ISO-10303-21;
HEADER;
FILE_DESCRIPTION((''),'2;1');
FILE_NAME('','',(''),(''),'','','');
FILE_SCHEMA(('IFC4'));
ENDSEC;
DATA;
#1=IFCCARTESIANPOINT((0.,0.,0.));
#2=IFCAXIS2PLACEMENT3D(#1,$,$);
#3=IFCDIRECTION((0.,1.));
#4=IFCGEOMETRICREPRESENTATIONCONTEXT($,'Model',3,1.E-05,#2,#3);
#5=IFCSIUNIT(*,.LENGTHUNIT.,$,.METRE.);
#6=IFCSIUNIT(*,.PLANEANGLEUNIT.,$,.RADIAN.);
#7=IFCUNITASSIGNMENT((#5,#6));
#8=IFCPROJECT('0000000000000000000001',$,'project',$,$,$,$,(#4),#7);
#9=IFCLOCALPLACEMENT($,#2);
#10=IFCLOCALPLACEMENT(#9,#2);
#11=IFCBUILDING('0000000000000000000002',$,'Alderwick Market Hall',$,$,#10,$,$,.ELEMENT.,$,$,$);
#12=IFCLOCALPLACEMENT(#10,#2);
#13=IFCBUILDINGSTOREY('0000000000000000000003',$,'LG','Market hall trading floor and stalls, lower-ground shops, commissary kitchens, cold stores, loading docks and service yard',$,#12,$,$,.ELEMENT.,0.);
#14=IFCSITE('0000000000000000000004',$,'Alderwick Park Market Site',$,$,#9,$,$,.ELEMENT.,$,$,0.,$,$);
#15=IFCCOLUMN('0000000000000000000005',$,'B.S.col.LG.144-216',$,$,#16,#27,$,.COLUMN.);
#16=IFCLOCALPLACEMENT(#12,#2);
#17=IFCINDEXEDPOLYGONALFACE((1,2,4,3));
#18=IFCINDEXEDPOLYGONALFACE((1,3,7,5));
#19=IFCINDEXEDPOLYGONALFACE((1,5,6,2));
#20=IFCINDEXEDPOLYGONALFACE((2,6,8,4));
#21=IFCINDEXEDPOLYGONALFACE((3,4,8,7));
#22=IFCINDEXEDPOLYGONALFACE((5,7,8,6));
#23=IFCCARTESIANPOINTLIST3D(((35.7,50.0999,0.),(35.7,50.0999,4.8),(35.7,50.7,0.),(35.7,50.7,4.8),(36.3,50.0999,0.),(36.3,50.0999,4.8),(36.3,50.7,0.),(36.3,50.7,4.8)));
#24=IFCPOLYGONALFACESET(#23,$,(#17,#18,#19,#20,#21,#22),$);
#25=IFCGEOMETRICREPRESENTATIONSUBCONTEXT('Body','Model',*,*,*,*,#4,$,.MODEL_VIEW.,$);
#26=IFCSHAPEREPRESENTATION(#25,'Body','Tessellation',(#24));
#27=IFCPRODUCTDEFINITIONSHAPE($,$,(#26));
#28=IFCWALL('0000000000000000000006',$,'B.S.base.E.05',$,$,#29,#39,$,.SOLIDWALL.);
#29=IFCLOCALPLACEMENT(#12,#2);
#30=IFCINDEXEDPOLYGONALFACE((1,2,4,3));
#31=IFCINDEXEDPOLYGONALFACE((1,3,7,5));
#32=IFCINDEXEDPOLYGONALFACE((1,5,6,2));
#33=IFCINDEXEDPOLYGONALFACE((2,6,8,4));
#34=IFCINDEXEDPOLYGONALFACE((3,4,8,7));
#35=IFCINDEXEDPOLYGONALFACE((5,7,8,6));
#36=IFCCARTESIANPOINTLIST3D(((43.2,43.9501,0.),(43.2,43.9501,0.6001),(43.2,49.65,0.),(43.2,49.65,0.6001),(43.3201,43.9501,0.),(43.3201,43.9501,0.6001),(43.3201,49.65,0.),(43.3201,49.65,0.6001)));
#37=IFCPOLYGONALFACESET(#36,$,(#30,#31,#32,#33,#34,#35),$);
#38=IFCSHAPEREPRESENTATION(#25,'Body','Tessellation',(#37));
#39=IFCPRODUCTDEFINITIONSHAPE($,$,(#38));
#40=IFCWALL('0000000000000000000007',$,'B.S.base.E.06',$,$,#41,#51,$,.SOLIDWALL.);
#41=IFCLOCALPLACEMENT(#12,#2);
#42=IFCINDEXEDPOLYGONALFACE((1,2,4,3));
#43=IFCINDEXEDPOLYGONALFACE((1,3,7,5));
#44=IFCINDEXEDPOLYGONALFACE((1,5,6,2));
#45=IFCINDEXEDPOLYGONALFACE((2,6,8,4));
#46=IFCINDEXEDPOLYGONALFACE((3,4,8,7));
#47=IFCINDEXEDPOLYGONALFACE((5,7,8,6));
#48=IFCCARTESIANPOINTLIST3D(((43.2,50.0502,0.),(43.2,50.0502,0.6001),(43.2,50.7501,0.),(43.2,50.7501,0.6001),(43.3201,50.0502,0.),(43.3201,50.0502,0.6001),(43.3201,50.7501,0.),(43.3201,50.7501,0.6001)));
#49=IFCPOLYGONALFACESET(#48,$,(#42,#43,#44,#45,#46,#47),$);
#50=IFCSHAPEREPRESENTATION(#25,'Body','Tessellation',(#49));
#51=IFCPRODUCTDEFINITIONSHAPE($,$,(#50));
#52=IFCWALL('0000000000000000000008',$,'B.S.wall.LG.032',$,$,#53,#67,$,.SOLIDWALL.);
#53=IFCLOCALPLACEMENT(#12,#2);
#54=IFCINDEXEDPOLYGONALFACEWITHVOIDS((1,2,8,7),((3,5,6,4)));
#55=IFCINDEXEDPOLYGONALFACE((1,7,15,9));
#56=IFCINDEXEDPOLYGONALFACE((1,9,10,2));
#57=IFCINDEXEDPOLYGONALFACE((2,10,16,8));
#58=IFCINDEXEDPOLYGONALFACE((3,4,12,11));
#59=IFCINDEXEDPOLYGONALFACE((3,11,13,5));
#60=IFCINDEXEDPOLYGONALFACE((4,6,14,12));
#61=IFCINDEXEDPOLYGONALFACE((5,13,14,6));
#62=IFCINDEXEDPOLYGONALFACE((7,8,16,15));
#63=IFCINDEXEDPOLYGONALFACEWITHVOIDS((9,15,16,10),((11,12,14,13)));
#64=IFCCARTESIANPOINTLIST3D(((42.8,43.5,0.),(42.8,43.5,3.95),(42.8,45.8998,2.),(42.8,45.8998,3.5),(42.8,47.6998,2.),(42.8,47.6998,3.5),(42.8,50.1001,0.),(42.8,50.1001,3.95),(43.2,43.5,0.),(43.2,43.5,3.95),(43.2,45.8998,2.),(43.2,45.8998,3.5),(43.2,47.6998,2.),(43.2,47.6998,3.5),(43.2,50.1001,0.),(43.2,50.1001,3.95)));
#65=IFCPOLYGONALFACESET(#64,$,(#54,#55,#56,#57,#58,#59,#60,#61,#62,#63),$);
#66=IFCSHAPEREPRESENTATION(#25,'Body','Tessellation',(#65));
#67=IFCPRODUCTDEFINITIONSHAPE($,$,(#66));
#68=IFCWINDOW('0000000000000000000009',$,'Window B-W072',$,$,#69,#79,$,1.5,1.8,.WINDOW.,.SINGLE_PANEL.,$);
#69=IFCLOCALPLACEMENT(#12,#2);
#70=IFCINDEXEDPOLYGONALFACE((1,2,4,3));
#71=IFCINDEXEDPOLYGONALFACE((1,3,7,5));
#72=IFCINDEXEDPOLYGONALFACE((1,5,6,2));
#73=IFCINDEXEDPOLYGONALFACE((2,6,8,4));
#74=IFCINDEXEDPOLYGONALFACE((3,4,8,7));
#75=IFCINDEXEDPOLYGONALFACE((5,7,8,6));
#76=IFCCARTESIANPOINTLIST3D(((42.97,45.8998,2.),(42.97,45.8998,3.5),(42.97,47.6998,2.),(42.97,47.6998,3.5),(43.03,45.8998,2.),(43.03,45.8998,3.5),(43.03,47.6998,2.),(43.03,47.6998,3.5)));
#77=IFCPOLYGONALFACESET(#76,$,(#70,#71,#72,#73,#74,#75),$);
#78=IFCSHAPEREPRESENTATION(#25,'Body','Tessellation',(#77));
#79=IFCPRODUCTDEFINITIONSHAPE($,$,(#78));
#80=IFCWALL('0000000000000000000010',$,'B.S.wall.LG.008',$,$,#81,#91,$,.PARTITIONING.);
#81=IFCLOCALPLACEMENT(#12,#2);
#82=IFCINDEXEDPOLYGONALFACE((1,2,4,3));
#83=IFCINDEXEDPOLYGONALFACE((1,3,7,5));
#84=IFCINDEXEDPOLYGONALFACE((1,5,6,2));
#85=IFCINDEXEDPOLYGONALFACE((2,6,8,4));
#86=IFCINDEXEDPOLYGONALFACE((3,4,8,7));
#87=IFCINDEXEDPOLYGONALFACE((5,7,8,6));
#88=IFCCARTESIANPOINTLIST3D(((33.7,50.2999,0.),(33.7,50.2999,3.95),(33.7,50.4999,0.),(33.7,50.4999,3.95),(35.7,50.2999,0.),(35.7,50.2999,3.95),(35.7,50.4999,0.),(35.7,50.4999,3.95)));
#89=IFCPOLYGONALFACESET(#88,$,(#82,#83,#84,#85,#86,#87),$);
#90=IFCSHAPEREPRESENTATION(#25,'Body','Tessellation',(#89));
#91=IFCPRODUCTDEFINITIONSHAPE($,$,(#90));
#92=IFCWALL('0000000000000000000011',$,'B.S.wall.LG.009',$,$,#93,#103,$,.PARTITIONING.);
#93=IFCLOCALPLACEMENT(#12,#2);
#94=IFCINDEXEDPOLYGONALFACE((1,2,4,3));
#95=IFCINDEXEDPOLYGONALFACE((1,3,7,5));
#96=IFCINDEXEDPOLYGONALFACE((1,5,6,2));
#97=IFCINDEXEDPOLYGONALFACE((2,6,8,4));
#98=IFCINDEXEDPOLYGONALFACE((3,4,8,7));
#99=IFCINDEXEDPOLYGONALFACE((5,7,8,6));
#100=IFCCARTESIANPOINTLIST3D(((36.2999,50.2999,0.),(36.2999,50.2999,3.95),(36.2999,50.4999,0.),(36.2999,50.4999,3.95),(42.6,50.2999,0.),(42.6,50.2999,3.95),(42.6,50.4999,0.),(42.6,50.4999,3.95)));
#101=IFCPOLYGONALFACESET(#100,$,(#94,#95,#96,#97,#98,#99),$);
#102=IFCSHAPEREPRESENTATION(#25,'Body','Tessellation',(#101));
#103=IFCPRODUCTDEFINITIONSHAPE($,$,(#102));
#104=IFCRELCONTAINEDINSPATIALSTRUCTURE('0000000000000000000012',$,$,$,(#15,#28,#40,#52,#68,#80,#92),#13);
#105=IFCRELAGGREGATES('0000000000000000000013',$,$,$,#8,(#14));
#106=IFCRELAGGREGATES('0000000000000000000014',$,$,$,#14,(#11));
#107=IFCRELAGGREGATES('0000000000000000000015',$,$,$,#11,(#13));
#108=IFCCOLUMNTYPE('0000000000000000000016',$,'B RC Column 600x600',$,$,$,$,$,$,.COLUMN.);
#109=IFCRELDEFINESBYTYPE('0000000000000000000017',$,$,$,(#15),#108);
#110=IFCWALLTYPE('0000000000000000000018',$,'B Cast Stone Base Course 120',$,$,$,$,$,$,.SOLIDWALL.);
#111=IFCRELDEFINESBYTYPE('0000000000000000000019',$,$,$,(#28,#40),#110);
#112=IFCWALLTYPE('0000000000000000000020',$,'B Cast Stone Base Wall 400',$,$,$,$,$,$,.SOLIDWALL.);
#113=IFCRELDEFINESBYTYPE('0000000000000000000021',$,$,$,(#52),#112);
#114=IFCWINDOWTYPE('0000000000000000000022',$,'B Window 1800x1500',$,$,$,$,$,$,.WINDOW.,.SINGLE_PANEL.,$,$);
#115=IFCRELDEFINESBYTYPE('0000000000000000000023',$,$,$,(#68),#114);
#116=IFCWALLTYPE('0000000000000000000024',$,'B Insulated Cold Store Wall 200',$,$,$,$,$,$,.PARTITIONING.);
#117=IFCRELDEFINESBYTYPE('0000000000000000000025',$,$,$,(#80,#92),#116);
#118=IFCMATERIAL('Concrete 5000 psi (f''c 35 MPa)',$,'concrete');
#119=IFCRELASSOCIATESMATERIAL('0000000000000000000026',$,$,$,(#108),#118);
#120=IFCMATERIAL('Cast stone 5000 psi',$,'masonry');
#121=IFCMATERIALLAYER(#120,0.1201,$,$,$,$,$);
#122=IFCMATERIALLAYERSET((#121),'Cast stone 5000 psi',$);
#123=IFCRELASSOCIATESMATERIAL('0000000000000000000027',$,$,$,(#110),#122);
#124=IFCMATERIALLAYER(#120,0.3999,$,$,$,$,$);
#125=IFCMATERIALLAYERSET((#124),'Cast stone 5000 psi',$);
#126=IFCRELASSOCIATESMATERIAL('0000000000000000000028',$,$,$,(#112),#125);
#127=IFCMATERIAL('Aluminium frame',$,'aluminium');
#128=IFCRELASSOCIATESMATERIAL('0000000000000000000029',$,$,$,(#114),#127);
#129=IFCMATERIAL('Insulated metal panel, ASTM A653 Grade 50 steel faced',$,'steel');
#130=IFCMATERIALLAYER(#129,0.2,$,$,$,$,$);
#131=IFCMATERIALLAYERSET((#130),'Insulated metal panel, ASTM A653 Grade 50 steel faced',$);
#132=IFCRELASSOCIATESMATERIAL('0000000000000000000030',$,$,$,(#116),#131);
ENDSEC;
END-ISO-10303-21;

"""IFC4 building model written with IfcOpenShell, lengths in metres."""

from ifc_helpers import new_model, si_unit, direction, frame, frame_2d, origin, origin_2d, place, context, subcontext, project, spatial, rectangle, extrude, material, layer, layer_set, material_profile, profile_set, type_object, element, fill, save


model = new_model("IFC4")

# Units and contexts
model_context = context("Model", 3, precision=1e-05, world=origin(), true_north=direction((0.0, 1.0)))
body_context = subcontext(model_context, "Body", "Model", "MODEL_VIEW")
ifc_project = project(units=[si_unit("LENGTHUNIT", "METRE"), si_unit("PLANEANGLEUNIT", "RADIAN")], contexts=[model_context])

# Site, building, storey
site_placement = place(None, origin())
site = spatial("IfcSite", under=ifc_project, at=site_placement, Name="Alderwick Park Market Site", CompositionType="ELEMENT", RefElevation=0.0)
building_placement = place(site_placement, origin())
building = spatial("IfcBuilding", under=site, at=building_placement, Name="Alderwick Market Hall", CompositionType="ELEMENT")
storey_placement = place(building_placement, origin())
storey = spatial("IfcBuildingStorey", under=building, at=storey_placement, Name="LG", Description="Market hall trading floor and stalls, lower-ground shops, commissary kitchens, cold stores, loading docks and service yard", CompositionType="ELEMENT", Elevation=0.0)

# Shared definitions
ifc_material_1 = material(Name="Concrete 5000 psi (f'c 35 MPa)", Category="concrete")

# Column
ifc_material_profile_1 = material_profile(ifc_material_1, rectangle(XDim=0.6001, YDim=0.6001, at=origin_2d()), Name="B RC Column 600x600")
ifc_profile_set_1 = profile_set([ifc_material_profile_1], Name="Concrete 5000 psi (f'c 35 MPa)")
column_type_1 = type_object("IfcColumnType", Name="B RC Column 600x600", PredefinedType="COLUMN", material=ifc_profile_set_1)
for number, where, z_axis, x_axis, name in (
    (1, (36.0, 50.3999, 0.0), (0.0, 0.0, 1.0), (1.0, 0.0, 0.0), "B.S.col.LG.144-216"),
):
    element("IfcColumn", number, at=place(storey_placement, frame(where, z_axis=z_axis, x_axis=x_axis)), inside=storey, type_object=column_type_1, Name=name, PredefinedType="COLUMN", context=body_context, shape_type="SweptSolid", body=[
        extrude(rectangle(XDim=0.6001, YDim=0.6001, at=origin_2d()), origin(), (0.0, 0.0, 1.0), 4.8),
    ])

# Walls
ifc_material_2 = material(Name="Cast stone 5000 psi", Category="masonry")
ifc_layer_1 = layer(ifc_material_2, 0.1201)
ifc_layer_set_1 = layer_set([ifc_layer_1], Name="Cast stone 5000 psi")
wall_type_1 = type_object("IfcWallType", Name="B Cast Stone Base Course 120", PredefinedType="SOLIDWALL", material=ifc_layer_set_1)
wall_1_placement = place(storey_placement, frame((43.26, 43.95, 0.0), z_axis=(0.0, 0.0, 1.0), x_axis=(0.0, 1.0, 0.0)))
element("IfcWall", 2, at=wall_1_placement, inside=storey, type_object=wall_type_1, Name="B.S.base.E.05", PredefinedType="SOLIDWALL", context=body_context, shape_type="SweptSolid", body=[
    extrude(rectangle(XDim=5.7, YDim=0.1201, at=frame_2d((2.8501, 0.0))), origin(), (0.0, 0.0, 1.0), 0.6001),
])
wall_2_placement = place(storey_placement, frame((43.26, 50.05, 0.0), z_axis=(0.0, 0.0, 1.0), x_axis=(0.0, 1.0, 0.0)))
element("IfcWall", 3, at=wall_2_placement, inside=storey, type_object=wall_type_1, Name="B.S.base.E.06", PredefinedType="SOLIDWALL", context=body_context, shape_type="SweptSolid", body=[
    extrude(rectangle(XDim=0.7, YDim=0.1201, at=frame_2d((0.3501, 0.0))), origin(), (0.0, 0.0, 1.0), 0.6001),
])

# Wall, opening, window
ifc_layer_2 = layer(ifc_material_2, 0.3999)
ifc_layer_set_2 = layer_set([ifc_layer_2], Name="Cast stone 5000 psi")
wall_type_2 = type_object("IfcWallType", Name="B Cast Stone Base Wall 400", PredefinedType="SOLIDWALL", material=ifc_layer_set_2)
wall_3_placement = place(storey_placement, frame((43.0, 43.5, 0.0), z_axis=(0.0, 0.0, 1.0), x_axis=(0.0, 1.0, 0.0)))
wall_3 = element("IfcWall", 4, at=wall_3_placement, inside=storey, type_object=wall_type_2, Name="B.S.wall.LG.032", PredefinedType="SOLIDWALL", context=body_context, shape_type="SweptSolid", body=[
    extrude(rectangle(XDim=6.6001, YDim=0.3999, at=frame_2d((3.3, 0.0))), origin(), (0.0, 0.0, 1.0), 3.95),
])
opening_placement = place(wall_3_placement, frame((2.3999, 0.0, 2.0)))
opening = element("IfcOpeningElement", 5, at=opening_placement, cuts=wall_3, PredefinedType="OPENING", context=body_context, shape_type="SweptSolid", body=[
    extrude(rectangle(XDim=1.8, YDim=1.5, at=frame_2d((0.8999, 0.75))), frame((0.0, 0.21, 0.0), z_axis=(0.0, -1.0, 0.0), x_axis=(1.0, 0.0, 0.0)), (0.0, 0.0, 1.0), 0.4199),
])
ifc_material_3 = material(Name="Aluminium frame", Category="aluminium")
window_type = type_object("IfcWindowType", Name="B Window 1800x1500", PartitioningType="SINGLE_PANEL", PredefinedType="WINDOW", material=ifc_material_3)
window_placement = place(opening_placement, origin())
window = element("IfcWindow", 6, at=window_placement, inside=storey, type_object=window_type, Name="Window B-W072", OverallHeight=1.5, OverallWidth=1.8, PartitioningType="SINGLE_PANEL", PredefinedType="WINDOW", context=body_context, shape_type="SweptSolid", body=[
    extrude(rectangle(XDim=1.8, YDim=1.5, at=frame_2d((0.8999, 0.75))), frame((0.0, 0.03, 0.0), z_axis=(0.0, -1.0, 0.0), x_axis=(1.0, 0.0, 0.0)), (0.0, 0.0, 1.0), 0.0601),
])
fill(opening, window)

# Walls
ifc_material_4 = material(Name="Insulated metal panel, ASTM A653 Grade 50 steel faced", Category="steel")
ifc_layer_3 = layer(ifc_material_4, 0.2)
ifc_layer_set_3 = layer_set([ifc_layer_3], Name="Insulated metal panel, ASTM A653 Grade 50 steel faced")
wall_type_3 = type_object("IfcWallType", Name="B Insulated Cold Store Wall 200", PredefinedType="PARTITIONING", material=ifc_layer_set_3)
wall_4_placement = place(storey_placement, frame((33.7, 50.3999, 0.0), z_axis=(0.0, 0.0, 1.0), x_axis=(1.0, 0.0, 0.0)))
element("IfcWall", 7, at=wall_4_placement, inside=storey, type_object=wall_type_3, Name="B.S.wall.LG.008", PredefinedType="PARTITIONING", context=body_context, shape_type="SweptSolid", body=[
    extrude(rectangle(XDim=2.0, YDim=0.2, at=frame_2d((1.0, 0.0))), origin(), (0.0, 0.0, 1.0), 3.95),
])
wall_5_placement = place(storey_placement, frame((36.3, 50.3999, 0.0), z_axis=(0.0, 0.0, 1.0), x_axis=(1.0, 0.0, 0.0)))
element("IfcWall", 8, at=wall_5_placement, inside=storey, type_object=wall_type_3, Name="B.S.wall.LG.009", PredefinedType="PARTITIONING", context=body_context, shape_type="SweptSolid", body=[
    extrude(rectangle(XDim=6.3, YDim=0.2, at=frame_2d((3.1499, 0.0))), origin(), (0.0, 0.0, 1.0), 3.95),
])

save(model, "model.ifc")
